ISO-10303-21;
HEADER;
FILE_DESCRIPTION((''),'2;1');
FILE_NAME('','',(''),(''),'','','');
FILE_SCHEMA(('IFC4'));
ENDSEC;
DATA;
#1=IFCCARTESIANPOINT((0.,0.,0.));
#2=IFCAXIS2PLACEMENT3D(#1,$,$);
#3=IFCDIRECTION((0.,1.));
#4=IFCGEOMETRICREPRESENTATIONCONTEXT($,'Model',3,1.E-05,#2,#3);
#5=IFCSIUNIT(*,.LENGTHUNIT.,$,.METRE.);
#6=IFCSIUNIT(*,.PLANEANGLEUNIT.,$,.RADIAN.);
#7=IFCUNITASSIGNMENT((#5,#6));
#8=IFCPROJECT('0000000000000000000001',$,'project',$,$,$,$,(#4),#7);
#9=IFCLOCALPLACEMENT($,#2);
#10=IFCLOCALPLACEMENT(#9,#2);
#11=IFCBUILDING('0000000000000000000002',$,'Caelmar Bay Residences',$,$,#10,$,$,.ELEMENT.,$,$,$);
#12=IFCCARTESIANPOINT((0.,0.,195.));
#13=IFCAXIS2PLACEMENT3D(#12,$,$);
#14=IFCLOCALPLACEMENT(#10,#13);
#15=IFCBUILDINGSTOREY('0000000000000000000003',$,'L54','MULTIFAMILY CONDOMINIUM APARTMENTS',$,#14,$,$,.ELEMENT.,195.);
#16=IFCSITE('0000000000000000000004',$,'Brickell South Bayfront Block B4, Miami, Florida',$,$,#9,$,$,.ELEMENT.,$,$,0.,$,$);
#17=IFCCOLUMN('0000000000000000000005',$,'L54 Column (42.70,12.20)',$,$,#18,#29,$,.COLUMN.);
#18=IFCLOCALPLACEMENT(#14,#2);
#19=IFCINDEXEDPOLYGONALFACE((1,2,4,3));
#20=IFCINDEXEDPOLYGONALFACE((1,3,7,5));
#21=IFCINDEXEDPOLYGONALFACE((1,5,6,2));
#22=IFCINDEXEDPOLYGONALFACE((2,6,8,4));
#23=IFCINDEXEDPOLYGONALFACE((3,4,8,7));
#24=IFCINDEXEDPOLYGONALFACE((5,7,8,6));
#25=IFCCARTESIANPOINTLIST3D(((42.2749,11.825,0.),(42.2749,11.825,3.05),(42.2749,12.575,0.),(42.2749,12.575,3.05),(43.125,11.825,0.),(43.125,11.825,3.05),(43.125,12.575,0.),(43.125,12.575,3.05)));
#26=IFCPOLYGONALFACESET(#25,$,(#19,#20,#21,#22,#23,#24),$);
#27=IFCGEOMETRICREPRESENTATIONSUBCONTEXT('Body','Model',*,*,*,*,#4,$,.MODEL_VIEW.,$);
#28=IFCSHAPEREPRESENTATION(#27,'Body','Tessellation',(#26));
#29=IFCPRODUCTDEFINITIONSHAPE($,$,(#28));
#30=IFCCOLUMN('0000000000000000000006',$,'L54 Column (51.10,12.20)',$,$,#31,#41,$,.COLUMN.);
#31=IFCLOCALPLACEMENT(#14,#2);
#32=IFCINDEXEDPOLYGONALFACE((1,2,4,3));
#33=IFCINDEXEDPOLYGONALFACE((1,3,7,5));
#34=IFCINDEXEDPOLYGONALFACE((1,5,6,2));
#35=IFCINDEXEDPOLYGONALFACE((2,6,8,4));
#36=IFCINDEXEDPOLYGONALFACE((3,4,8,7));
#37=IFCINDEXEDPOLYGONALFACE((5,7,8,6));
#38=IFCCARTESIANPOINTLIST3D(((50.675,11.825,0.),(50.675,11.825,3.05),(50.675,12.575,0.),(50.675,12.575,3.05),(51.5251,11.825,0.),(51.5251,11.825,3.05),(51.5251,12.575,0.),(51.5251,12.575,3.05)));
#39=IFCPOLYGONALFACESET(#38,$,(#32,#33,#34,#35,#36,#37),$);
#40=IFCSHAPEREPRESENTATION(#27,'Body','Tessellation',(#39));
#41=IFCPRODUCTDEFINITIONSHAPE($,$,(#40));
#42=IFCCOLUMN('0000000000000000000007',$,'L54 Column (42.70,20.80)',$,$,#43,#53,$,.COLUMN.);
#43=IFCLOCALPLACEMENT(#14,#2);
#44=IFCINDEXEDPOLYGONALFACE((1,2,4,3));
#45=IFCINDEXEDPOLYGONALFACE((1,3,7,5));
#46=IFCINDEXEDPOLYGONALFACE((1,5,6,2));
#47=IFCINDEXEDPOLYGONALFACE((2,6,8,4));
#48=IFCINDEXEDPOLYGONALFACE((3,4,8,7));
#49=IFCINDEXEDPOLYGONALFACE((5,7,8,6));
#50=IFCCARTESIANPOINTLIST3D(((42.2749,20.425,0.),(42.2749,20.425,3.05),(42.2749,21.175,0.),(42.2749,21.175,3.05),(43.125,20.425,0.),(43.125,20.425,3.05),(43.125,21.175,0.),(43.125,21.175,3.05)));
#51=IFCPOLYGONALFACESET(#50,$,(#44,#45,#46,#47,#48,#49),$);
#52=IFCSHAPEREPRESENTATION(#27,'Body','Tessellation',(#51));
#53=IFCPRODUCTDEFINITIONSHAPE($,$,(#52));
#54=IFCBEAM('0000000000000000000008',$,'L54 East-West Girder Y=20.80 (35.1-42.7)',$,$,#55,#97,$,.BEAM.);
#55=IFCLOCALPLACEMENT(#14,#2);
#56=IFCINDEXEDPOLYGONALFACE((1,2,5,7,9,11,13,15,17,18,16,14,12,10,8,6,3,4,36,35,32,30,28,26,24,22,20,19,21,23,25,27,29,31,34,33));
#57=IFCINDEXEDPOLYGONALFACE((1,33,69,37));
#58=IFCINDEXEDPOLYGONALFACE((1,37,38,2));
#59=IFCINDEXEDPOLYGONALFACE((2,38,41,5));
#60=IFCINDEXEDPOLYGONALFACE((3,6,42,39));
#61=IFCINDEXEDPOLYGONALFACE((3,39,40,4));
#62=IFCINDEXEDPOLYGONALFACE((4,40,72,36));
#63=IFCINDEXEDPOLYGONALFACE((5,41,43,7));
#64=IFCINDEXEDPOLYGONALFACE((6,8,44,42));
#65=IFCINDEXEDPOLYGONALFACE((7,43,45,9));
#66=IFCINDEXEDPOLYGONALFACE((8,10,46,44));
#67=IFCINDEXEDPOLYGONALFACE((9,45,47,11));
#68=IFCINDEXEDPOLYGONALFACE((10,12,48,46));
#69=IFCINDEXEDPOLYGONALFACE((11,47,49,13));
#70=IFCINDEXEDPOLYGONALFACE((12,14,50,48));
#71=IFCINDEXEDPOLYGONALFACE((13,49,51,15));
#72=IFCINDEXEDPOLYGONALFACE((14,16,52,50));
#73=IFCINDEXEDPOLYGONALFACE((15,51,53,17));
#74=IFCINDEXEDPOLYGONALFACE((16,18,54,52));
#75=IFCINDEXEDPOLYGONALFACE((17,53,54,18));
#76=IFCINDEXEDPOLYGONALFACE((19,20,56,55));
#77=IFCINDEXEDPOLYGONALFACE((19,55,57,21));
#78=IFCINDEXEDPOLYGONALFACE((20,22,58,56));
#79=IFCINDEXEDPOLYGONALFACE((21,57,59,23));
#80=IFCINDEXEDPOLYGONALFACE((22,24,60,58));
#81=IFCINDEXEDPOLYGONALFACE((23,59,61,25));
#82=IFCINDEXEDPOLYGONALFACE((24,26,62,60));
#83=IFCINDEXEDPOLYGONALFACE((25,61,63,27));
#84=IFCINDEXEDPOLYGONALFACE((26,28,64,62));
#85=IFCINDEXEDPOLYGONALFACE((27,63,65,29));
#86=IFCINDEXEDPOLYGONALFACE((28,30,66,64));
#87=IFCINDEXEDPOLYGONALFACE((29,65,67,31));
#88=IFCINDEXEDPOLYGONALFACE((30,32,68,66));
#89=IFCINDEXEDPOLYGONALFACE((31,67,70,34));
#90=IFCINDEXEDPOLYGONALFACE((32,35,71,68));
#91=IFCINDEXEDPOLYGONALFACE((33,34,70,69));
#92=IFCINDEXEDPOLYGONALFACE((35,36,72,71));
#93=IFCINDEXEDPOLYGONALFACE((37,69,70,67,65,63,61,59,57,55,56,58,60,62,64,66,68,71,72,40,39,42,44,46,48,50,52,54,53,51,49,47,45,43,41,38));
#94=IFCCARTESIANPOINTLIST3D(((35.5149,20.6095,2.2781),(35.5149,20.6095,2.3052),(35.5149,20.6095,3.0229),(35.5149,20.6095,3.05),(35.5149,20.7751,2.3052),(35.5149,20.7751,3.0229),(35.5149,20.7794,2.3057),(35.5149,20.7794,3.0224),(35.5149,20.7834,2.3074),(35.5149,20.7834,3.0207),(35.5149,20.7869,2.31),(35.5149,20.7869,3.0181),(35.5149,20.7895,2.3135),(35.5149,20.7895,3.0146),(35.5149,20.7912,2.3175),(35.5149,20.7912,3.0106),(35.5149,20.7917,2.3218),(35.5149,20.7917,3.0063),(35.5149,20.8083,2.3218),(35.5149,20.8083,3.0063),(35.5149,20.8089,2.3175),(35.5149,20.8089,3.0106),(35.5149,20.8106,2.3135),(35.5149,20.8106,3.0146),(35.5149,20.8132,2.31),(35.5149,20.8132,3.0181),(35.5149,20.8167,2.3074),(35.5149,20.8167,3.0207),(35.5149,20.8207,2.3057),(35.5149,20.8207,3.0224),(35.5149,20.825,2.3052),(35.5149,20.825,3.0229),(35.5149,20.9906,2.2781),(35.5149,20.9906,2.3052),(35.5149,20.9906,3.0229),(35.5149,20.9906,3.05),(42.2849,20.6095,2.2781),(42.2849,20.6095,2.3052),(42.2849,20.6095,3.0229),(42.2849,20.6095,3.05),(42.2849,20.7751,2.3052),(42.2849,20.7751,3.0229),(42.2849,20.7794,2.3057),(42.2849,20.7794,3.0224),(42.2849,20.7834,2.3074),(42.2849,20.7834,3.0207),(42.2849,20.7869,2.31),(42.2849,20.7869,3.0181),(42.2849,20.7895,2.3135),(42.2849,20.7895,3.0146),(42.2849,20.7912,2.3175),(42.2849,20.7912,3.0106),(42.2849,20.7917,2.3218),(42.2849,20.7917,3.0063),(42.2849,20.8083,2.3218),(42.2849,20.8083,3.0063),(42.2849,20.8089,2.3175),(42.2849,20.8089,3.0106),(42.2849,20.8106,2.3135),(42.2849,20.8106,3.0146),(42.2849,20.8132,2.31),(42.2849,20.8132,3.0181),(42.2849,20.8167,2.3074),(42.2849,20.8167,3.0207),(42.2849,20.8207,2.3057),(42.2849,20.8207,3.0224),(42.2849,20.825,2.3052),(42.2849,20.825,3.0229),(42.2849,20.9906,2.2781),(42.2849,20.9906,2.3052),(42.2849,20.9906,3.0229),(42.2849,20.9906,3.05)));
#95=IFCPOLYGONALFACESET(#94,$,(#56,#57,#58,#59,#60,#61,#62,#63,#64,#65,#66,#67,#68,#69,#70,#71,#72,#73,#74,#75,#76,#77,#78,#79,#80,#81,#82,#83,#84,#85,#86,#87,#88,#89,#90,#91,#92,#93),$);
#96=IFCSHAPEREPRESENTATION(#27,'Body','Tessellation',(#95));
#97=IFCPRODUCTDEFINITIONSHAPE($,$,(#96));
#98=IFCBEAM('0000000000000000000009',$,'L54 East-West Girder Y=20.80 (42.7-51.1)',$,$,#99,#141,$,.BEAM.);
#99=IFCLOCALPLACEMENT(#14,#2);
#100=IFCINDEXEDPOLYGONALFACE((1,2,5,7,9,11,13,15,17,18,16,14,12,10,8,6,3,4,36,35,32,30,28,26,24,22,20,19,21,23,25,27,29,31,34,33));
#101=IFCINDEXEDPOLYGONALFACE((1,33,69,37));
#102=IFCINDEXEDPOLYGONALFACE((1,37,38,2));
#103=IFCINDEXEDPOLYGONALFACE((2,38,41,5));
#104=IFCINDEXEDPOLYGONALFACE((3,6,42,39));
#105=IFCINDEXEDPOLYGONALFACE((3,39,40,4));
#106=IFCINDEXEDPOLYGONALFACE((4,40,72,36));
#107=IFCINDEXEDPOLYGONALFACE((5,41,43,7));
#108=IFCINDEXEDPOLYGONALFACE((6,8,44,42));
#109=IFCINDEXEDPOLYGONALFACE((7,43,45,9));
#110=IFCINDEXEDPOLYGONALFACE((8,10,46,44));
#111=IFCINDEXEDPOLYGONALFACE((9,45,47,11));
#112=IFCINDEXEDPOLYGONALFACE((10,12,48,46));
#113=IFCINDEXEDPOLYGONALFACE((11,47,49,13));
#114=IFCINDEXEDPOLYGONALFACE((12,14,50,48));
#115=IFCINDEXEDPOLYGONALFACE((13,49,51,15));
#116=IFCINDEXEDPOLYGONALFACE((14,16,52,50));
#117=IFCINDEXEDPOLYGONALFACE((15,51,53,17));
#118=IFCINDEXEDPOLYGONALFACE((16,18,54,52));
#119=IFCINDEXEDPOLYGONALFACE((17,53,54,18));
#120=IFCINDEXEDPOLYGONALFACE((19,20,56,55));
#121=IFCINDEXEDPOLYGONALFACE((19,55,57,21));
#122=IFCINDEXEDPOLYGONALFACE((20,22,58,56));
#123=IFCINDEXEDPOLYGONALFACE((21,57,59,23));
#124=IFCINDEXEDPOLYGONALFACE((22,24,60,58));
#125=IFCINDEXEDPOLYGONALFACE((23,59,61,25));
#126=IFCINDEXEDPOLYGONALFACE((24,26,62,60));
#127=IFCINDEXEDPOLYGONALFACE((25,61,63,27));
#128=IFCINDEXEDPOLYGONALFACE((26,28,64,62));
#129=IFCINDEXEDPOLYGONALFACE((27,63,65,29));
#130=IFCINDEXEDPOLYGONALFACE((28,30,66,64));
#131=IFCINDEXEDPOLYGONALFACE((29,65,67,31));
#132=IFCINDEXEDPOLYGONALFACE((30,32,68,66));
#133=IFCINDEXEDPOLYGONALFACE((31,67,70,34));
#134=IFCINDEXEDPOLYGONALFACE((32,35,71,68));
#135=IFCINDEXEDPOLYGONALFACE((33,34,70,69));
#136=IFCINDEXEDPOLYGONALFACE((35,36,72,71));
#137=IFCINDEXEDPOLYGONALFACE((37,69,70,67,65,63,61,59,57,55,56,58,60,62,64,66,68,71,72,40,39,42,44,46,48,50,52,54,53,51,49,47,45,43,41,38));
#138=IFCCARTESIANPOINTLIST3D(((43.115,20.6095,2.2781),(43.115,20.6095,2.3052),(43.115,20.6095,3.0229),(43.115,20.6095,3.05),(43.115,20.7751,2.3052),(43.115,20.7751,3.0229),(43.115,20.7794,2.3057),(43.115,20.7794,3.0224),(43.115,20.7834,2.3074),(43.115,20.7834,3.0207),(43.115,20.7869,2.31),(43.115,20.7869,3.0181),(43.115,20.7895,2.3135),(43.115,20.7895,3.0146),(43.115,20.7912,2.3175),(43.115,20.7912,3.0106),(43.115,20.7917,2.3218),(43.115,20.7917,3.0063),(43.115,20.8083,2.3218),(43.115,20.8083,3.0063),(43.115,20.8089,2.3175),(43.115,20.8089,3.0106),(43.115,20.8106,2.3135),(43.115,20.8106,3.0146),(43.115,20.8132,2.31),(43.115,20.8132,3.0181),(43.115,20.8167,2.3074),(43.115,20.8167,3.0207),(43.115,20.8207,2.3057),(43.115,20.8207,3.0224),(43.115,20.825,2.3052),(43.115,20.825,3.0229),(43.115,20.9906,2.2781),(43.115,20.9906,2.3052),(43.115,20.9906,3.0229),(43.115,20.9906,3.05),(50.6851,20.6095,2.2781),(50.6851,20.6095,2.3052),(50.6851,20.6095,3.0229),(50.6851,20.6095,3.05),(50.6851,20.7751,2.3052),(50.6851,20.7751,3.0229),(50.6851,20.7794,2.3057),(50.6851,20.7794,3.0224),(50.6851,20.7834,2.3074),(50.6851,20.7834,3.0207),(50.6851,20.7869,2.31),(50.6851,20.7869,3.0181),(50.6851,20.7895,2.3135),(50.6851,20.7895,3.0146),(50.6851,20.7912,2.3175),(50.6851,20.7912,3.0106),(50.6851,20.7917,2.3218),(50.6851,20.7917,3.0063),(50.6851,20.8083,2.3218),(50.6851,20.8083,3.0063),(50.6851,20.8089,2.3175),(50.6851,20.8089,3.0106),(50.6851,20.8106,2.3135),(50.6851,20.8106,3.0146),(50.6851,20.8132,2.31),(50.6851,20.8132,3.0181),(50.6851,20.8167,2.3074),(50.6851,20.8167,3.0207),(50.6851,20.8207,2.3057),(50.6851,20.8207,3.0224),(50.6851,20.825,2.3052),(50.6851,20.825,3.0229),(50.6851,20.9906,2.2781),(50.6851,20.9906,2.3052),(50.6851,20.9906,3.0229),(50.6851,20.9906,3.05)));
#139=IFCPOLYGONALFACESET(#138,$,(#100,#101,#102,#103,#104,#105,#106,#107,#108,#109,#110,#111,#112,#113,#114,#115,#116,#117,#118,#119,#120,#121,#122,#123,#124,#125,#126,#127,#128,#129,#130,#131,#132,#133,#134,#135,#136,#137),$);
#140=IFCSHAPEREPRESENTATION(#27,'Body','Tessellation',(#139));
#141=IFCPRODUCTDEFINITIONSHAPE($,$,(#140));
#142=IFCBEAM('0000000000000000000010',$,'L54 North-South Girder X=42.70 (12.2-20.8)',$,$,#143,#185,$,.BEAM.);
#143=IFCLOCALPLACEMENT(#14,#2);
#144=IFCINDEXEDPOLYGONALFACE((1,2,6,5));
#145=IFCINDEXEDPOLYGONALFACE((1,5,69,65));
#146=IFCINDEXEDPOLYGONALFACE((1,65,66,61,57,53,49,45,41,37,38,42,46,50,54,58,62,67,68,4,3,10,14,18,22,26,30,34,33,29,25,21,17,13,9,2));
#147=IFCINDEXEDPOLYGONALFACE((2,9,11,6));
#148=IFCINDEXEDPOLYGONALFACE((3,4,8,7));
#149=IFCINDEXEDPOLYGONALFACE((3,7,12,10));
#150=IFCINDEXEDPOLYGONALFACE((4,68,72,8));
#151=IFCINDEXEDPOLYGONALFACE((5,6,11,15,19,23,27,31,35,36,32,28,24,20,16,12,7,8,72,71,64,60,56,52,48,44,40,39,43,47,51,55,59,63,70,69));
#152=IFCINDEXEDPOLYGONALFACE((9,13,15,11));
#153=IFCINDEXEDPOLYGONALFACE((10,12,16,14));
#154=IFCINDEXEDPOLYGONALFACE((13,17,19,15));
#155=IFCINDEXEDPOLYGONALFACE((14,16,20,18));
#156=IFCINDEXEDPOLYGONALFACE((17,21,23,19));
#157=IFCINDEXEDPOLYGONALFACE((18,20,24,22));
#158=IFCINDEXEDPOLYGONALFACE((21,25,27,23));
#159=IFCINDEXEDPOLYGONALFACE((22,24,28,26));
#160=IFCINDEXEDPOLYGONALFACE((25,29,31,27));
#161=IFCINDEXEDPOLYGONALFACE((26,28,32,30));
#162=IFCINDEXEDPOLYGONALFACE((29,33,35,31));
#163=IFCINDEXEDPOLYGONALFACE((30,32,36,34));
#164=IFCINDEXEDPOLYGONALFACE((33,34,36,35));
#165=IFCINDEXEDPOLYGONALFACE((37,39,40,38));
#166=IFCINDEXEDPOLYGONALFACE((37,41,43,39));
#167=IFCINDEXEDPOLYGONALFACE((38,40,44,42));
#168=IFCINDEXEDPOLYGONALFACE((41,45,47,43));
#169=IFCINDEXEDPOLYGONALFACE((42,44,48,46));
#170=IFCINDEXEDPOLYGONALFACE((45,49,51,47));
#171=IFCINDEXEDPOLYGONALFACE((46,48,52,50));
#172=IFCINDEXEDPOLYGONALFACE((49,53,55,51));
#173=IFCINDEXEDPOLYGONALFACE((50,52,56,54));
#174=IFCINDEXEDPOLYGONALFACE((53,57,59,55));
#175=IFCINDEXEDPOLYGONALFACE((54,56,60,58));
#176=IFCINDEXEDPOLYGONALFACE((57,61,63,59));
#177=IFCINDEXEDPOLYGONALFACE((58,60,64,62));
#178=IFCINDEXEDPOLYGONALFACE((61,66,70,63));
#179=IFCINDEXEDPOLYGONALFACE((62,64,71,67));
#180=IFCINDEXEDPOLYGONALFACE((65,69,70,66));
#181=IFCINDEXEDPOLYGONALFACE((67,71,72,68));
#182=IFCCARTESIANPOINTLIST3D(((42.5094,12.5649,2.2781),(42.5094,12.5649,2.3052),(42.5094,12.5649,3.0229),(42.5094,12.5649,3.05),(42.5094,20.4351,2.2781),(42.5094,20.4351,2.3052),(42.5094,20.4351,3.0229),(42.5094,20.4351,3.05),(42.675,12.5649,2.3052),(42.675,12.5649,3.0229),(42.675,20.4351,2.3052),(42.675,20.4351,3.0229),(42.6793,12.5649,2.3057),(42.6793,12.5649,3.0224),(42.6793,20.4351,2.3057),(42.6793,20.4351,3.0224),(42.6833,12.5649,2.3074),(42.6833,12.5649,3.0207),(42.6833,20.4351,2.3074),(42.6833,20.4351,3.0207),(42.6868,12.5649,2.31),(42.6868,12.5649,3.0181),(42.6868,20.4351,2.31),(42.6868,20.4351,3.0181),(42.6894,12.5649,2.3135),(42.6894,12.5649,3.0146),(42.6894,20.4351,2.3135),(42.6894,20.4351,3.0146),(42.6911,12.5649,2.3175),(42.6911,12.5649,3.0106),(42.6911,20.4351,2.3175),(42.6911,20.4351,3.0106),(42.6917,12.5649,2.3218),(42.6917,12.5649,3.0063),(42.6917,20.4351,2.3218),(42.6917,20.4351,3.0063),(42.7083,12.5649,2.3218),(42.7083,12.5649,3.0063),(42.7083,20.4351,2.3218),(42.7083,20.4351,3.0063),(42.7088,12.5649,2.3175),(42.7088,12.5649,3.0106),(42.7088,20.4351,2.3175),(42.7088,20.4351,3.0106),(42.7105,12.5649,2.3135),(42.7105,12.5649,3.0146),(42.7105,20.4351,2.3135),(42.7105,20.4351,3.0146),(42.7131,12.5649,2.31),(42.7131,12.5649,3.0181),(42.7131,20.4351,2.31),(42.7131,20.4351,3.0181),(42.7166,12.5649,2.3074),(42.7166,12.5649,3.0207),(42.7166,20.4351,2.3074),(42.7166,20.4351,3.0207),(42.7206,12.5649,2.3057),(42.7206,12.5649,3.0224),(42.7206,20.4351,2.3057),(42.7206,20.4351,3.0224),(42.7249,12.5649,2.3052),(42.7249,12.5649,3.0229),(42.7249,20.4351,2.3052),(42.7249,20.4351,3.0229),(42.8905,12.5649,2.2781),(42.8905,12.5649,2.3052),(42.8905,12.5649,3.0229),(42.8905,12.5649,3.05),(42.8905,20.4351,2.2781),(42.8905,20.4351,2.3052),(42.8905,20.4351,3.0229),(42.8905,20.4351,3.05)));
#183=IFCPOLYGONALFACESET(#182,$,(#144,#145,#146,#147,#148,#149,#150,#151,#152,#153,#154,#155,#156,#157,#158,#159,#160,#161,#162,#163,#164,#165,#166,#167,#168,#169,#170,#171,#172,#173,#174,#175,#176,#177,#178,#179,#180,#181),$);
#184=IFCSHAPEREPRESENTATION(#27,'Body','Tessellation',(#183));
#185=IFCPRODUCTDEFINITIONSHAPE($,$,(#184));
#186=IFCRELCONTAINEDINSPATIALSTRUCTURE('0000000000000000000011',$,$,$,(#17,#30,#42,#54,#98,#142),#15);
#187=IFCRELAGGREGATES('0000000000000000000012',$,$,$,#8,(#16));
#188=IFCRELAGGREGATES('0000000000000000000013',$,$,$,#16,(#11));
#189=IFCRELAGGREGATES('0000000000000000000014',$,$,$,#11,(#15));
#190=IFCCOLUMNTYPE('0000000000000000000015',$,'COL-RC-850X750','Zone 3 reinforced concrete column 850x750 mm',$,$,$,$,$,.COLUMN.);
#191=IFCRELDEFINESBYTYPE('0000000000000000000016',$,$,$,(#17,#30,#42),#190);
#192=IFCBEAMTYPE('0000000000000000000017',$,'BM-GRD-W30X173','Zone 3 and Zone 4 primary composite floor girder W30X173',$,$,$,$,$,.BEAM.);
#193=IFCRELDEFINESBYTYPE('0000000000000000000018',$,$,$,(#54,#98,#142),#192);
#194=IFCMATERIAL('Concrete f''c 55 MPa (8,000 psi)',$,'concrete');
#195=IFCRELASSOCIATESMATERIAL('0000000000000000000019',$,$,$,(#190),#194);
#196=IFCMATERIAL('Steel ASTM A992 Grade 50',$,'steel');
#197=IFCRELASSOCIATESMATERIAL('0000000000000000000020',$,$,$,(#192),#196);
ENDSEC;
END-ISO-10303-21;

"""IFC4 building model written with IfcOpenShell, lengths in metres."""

from ifc_helpers import new_model, si_unit, direction, frame, origin, origin_2d, place, context, subcontext, project, spatial, rectangle, i_section, extrude, material, material_profile, profile_set, type_object, element, save


model = new_model("IFC4")

# Units and contexts
model_context = context("Model", 3, precision=1e-05, world=origin(), true_north=direction((0.0, 1.0)))
body_context = subcontext(model_context, "Body", "Model", "MODEL_VIEW")
ifc_project = project(units=[si_unit("LENGTHUNIT", "METRE"), si_unit("PLANEANGLEUNIT", "RADIAN")], contexts=[model_context])

# Site, building, storey
site_placement = place(None, origin())
site = spatial("IfcSite", under=ifc_project, at=site_placement, Name="Brickell South Bayfront Block B4, Miami, Florida", CompositionType="ELEMENT", RefElevation=0.0)
building_placement = place(site_placement, origin())
building = spatial("IfcBuilding", under=site, at=building_placement, Name="Caelmar Bay Residences", CompositionType="ELEMENT")
storey_placement = place(building_placement, frame((0.0, 0.0, 195.0)))
storey = spatial("IfcBuildingStorey", under=building, at=storey_placement, Name="L54", Description="MULTIFAMILY CONDOMINIUM APARTMENTS", CompositionType="ELEMENT", Elevation=195.0)

# Columns
ifc_material_1 = material(Name="Concrete f'c 55 MPa (8,000 psi)", Category="concrete")
ifc_material_profile_1 = material_profile(ifc_material_1, rectangle(XDim=0.8501, YDim=0.75, at=origin_2d()), Name="RC-COL-850X750")
ifc_profile_set_1 = profile_set([ifc_material_profile_1], Name="Concrete f'c 55 MPa (8,000 psi)")
column_type = type_object("IfcColumnType", Name="COL-RC-850X750", Description="Zone 3 reinforced concrete column 850x750 mm", PredefinedType="COLUMN", material=ifc_profile_set_1)
for number, where, z_axis, x_axis, name in (
    (1, (42.7, 12.2, 0.0), (0.0, 0.0, 1.0), (1.0, 0.0, 0.0), "L54 Column (42.70,12.20)"),
    (2, (51.1001, 12.2, 0.0), (0.0, 0.0, 1.0), (1.0, 0.0, 0.0), "L54 Column (51.10,12.20)"),
    (3, (42.7, 20.8, 0.0), (0.0, 0.0, 1.0), (1.0, 0.0, 0.0), "L54 Column (42.70,20.80)"),
):
    element("IfcColumn", number, at=place(storey_placement, frame(where, z_axis=z_axis, x_axis=x_axis)), inside=storey, type_object=column_type, Name=name, PredefinedType="COLUMN", context=body_context, shape_type="SweptSolid", body=[
        extrude(rectangle(XDim=0.8501, YDim=0.75, at=origin_2d()), origin(), (0.0, 0.0, 1.0), 3.05),
    ])

# Beams
ifc_material_2 = material(Name="Steel ASTM A992 Grade 50", Category="steel")
ifc_material_profile_2 = material_profile(ifc_material_2, i_section(OverallWidth=0.3811, OverallDepth=0.772, WebThickness=0.0166, FlangeThickness=0.0271, FilletRadius=0.0166, at=origin_2d()), Name="W30X173")
ifc_profile_set_2 = profile_set([ifc_material_profile_2], Name="Steel ASTM A992 Grade 50")
beam_type_1 = type_object("IfcBeamType", Name="BM-GRD-W30X173", Description="Zone 3 and Zone 4 primary composite floor girder W30X173", PredefinedType="BEAM", material=ifc_profile_set_2)
beam_1_placement = place(storey_placement, frame((35.5149, 20.8, 2.6641), z_axis=(1.0, 0.0, 0.0), x_axis=(0.0, 1.0, 0.0)))
element("IfcBeam", 4, at=beam_1_placement, inside=storey, type_object=beam_type_1, Name="L54 East-West Girder Y=20.80 (35.1-42.7)", PredefinedType="BEAM", context=body_context, shape_type="SweptSolid", body=[
    extrude(i_section(OverallWidth=0.3811, OverallDepth=0.772, WebThickness=0.0166, FlangeThickness=0.0271, FilletRadius=0.0166, at=origin_2d()), origin(), (0.0, 0.0, 1.0), 6.77),
])
beam_2_placement = place(storey_placement, frame((43.115, 20.8, 2.6641), z_axis=(1.0, 0.0, 0.0), x_axis=(0.0, 1.0, 0.0)))
element("IfcBeam", 5, at=beam_2_placement, inside=storey, type_object=beam_type_1, Name="L54 East-West Girder Y=20.80 (42.7-51.1)", PredefinedType="BEAM", context=body_context, shape_type="SweptSolid", body=[
    extrude(i_section(OverallWidth=0.3811, OverallDepth=0.772, WebThickness=0.0166, FlangeThickness=0.0271, FilletRadius=0.0166, at=origin_2d()), origin(), (0.0, 0.0, 1.0), 7.5701),
])
beam_3_placement = place(storey_placement, frame((42.7, 12.5649, 2.6641), z_axis=(0.0, 1.0, 0.0), x_axis=(-1.0, 0.0, 0.0)))
element("IfcBeam", 6, at=beam_3_placement, inside=storey, type_object=beam_type_1, Name="L54 North-South Girder X=42.70 (12.2-20.8)", PredefinedType="BEAM", context=body_context, shape_type="SweptSolid", body=[
    extrude(i_section(OverallWidth=0.3811, OverallDepth=0.772, WebThickness=0.0166, FlangeThickness=0.0271, FilletRadius=0.0166, at=origin_2d()), origin(), (0.0, 0.0, 1.0), 7.8701),
])

save(model, "model.ifc")
